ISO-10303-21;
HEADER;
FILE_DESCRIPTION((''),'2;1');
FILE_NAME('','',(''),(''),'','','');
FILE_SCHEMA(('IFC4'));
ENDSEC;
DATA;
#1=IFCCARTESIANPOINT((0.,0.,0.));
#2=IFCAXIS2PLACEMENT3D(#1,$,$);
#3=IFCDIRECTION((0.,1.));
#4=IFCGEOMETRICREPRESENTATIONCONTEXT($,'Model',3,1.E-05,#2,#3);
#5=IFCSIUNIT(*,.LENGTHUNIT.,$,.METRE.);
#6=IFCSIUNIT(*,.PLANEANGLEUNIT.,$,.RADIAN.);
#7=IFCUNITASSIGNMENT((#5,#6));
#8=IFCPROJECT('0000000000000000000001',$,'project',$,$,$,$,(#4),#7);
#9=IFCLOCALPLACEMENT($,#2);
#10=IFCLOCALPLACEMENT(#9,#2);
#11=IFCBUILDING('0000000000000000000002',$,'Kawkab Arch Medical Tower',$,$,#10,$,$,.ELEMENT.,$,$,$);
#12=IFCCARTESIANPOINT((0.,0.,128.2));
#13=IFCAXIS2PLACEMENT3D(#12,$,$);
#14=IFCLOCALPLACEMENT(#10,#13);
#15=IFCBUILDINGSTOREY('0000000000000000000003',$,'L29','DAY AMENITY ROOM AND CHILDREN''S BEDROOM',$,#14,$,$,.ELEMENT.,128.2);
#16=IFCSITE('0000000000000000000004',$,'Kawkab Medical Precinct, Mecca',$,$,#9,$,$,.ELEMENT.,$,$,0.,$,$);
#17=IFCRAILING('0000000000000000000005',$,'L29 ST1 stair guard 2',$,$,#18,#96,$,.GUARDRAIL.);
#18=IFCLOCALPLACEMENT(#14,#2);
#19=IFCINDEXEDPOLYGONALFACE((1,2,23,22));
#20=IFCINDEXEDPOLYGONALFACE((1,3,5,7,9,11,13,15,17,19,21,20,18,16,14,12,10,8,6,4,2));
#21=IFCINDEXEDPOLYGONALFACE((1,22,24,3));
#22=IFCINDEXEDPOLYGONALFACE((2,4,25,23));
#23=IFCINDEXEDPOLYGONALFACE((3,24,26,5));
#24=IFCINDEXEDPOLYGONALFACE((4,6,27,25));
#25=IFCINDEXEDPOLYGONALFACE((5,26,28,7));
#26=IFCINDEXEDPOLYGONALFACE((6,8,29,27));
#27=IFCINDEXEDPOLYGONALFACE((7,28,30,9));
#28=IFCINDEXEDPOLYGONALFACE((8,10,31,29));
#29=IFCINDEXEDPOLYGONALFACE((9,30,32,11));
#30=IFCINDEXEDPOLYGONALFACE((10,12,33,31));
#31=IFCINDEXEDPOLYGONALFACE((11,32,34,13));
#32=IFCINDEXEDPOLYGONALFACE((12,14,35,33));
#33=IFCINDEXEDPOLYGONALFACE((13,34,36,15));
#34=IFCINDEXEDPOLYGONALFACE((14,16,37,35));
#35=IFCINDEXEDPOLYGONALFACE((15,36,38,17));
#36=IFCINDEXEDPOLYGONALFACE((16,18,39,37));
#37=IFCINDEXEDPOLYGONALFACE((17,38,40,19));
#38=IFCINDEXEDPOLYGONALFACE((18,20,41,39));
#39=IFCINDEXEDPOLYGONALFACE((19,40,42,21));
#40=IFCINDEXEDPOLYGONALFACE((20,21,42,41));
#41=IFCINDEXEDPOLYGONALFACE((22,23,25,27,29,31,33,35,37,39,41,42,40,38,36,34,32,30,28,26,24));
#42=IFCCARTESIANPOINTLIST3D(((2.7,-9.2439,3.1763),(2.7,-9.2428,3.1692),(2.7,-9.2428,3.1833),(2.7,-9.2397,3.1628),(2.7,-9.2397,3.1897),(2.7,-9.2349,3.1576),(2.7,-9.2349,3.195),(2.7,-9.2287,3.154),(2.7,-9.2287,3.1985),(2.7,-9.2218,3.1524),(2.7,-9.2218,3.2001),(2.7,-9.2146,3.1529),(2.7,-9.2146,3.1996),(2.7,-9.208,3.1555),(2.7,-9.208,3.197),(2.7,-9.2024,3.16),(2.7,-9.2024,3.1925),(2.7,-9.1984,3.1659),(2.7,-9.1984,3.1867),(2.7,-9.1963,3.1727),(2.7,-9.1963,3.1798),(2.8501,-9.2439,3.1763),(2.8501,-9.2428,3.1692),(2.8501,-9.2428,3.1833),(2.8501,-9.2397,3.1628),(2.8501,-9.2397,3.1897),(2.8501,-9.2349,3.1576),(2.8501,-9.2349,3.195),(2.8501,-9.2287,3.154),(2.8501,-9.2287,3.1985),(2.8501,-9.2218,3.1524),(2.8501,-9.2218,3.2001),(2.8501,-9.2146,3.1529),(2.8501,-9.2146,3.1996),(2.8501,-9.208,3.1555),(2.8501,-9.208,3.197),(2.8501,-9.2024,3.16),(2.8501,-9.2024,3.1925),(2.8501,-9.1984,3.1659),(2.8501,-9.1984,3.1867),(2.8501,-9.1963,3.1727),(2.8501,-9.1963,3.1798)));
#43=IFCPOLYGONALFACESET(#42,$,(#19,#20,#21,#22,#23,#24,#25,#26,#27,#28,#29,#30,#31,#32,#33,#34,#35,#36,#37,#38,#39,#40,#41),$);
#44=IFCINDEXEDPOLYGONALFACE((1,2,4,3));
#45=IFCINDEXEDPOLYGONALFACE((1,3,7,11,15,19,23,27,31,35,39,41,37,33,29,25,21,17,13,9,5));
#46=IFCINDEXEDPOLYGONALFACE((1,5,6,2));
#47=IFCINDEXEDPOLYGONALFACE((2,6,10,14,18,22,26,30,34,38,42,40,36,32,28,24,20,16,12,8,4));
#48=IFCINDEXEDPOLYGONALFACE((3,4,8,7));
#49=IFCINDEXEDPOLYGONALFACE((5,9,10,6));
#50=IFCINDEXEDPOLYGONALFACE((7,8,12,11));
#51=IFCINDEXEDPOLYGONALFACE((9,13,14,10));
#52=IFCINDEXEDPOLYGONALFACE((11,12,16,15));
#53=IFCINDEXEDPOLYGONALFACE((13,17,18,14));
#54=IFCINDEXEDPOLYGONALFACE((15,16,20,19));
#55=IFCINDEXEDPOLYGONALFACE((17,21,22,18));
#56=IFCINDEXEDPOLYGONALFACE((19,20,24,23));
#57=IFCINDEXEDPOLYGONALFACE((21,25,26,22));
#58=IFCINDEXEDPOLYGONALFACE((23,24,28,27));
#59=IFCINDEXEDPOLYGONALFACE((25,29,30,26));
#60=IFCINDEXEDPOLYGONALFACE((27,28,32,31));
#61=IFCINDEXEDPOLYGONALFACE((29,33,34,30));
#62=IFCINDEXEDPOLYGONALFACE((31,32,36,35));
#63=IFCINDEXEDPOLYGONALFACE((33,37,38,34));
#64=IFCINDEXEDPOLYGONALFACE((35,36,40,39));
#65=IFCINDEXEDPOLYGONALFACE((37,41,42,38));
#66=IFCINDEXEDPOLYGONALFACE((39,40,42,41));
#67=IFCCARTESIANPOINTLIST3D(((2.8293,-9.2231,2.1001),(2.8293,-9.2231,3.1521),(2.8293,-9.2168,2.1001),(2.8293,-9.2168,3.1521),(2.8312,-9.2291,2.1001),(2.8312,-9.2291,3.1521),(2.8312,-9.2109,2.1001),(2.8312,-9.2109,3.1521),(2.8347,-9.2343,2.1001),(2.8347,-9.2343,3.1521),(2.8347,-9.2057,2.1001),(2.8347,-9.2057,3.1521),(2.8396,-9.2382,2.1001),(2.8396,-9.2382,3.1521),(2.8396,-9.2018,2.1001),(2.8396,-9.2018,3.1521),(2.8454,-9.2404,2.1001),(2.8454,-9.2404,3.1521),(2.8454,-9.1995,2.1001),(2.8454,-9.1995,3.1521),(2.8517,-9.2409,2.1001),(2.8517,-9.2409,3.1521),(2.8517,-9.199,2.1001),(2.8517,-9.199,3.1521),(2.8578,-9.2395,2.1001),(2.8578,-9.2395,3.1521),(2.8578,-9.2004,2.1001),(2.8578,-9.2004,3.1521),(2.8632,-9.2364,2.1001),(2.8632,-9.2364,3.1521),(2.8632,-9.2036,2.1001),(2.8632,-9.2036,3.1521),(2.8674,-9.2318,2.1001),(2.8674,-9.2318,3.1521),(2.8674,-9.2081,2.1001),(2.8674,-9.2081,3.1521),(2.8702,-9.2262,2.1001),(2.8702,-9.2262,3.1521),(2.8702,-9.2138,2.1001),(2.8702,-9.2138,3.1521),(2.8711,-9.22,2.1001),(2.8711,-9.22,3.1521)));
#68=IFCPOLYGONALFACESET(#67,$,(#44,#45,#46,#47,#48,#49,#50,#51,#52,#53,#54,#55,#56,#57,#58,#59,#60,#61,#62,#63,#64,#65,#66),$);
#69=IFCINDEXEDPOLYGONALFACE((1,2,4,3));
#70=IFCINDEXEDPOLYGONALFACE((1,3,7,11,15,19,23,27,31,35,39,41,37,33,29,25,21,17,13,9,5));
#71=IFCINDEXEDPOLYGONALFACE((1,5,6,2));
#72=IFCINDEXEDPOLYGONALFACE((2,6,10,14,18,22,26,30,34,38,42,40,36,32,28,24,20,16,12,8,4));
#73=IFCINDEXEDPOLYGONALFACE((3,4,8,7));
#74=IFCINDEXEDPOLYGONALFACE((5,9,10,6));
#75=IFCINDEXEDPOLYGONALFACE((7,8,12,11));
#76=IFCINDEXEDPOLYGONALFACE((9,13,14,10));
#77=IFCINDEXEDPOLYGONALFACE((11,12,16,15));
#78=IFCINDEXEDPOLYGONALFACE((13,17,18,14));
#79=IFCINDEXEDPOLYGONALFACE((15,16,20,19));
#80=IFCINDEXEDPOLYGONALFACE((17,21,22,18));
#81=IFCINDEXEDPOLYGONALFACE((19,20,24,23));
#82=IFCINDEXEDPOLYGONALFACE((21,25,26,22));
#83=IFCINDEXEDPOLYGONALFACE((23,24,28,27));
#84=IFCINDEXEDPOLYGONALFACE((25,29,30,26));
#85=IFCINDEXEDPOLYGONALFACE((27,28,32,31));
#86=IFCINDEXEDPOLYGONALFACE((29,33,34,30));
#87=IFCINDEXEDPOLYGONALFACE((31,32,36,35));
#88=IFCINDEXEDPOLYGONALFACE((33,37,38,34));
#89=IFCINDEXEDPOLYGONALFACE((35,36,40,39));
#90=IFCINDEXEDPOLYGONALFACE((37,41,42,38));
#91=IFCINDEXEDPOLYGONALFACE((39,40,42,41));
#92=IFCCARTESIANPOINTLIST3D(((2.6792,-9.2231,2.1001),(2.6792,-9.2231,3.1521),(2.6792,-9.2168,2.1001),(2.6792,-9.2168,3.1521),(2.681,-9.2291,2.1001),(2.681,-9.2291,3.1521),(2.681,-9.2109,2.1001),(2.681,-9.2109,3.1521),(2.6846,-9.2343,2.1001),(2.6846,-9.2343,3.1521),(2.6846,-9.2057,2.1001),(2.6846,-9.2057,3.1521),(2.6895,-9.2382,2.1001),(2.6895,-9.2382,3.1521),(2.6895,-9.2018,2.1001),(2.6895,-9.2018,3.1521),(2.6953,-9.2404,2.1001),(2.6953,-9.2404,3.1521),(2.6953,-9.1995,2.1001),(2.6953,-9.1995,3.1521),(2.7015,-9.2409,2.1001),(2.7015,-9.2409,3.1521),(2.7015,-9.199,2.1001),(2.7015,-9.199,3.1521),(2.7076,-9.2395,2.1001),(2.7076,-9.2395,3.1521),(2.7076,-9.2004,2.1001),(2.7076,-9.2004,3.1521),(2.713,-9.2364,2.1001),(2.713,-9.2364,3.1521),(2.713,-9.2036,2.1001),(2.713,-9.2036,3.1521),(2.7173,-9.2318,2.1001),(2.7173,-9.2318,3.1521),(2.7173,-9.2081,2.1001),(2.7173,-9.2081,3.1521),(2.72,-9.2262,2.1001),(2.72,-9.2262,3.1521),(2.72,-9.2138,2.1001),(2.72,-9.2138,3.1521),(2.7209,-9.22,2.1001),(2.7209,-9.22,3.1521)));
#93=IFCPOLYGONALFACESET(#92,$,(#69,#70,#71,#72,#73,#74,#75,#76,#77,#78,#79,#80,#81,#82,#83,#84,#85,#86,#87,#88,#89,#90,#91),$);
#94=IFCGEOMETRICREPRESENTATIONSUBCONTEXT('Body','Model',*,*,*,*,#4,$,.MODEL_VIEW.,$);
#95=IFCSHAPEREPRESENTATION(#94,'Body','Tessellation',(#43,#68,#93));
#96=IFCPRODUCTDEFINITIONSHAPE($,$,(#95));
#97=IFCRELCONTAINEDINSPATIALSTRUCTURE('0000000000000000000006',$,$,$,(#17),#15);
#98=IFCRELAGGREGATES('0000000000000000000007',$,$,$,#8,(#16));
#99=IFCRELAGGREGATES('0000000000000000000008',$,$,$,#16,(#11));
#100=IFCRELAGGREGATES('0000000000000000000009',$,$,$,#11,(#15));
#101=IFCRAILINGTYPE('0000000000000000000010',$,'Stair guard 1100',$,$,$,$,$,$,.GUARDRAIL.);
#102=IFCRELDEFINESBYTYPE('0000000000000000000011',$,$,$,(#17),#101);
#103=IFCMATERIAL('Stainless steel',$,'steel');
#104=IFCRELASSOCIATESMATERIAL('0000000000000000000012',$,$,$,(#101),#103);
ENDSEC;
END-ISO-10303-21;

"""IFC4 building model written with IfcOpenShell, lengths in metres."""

from ifc_helpers import new_model, si_unit, direction, frame, origin, origin_2d, place, context, subcontext, project, spatial, circle, extrude, material, type_object, element, save


model = new_model("IFC4")

# Units and contexts
model_context = context("Model", 3, precision=1e-05, world=origin(), true_north=direction((0.0, 1.0)))
body_context = subcontext(model_context, "Body", "Model", "MODEL_VIEW")
ifc_project = project(units=[si_unit("LENGTHUNIT", "METRE"), si_unit("PLANEANGLEUNIT", "RADIAN")], contexts=[model_context])

# Site, building, storey
site_placement = place(None, origin())
site = spatial("IfcSite", under=ifc_project, at=site_placement, Name="Kawkab Medical Precinct, Mecca", CompositionType="ELEMENT", RefElevation=0.0)
building_placement = place(site_placement, origin())
building = spatial("IfcBuilding", under=site, at=building_placement, Name="Kawkab Arch Medical Tower", CompositionType="ELEMENT")
storey_placement = place(building_placement, frame((0.0, 0.0, 128.2)))
storey = spatial("IfcBuildingStorey", under=building, at=storey_placement, Name="L29", Description="DAY AMENITY ROOM AND CHILDREN'S BEDROOM", CompositionType="ELEMENT", Elevation=128.2)

# Railing
ifc_material_1 = material(Name="Stainless steel", Category="steel")
railing_type_1 = type_object("IfcRailingType", Name="Stair guard 1100", PredefinedType="GUARDRAIL", material=ifc_material_1)
railing_1_placement = place(storey_placement, frame((2.8501, -9.22, 2.1001)))
element("IfcRailing", 1, at=railing_1_placement, inside=storey, type_object=railing_type_1, Name="L29 ST1 stair guard 2", PredefinedType="GUARDRAIL", context=body_context, shape_type="SweptSolid", body=[
    extrude(circle(Radius=0.0239, at=origin_2d()), frame((0.0, 0.0, 1.0762), z_axis=(-1.0, 0.0, 0.0), x_axis=(0.0, -1.0, 0.0)), (0.0, 0.0, 1.0), 0.1501),
    extrude(circle(Radius=0.021, at=origin_2d()), origin(), (0.0, 0.0, 1.0), 1.052),
    extrude(circle(Radius=0.021, at=origin_2d()), frame((-0.1501, 0.0, 0.0)), (0.0, 0.0, 1.0), 1.052),
])

save(model, "model.ifc")
